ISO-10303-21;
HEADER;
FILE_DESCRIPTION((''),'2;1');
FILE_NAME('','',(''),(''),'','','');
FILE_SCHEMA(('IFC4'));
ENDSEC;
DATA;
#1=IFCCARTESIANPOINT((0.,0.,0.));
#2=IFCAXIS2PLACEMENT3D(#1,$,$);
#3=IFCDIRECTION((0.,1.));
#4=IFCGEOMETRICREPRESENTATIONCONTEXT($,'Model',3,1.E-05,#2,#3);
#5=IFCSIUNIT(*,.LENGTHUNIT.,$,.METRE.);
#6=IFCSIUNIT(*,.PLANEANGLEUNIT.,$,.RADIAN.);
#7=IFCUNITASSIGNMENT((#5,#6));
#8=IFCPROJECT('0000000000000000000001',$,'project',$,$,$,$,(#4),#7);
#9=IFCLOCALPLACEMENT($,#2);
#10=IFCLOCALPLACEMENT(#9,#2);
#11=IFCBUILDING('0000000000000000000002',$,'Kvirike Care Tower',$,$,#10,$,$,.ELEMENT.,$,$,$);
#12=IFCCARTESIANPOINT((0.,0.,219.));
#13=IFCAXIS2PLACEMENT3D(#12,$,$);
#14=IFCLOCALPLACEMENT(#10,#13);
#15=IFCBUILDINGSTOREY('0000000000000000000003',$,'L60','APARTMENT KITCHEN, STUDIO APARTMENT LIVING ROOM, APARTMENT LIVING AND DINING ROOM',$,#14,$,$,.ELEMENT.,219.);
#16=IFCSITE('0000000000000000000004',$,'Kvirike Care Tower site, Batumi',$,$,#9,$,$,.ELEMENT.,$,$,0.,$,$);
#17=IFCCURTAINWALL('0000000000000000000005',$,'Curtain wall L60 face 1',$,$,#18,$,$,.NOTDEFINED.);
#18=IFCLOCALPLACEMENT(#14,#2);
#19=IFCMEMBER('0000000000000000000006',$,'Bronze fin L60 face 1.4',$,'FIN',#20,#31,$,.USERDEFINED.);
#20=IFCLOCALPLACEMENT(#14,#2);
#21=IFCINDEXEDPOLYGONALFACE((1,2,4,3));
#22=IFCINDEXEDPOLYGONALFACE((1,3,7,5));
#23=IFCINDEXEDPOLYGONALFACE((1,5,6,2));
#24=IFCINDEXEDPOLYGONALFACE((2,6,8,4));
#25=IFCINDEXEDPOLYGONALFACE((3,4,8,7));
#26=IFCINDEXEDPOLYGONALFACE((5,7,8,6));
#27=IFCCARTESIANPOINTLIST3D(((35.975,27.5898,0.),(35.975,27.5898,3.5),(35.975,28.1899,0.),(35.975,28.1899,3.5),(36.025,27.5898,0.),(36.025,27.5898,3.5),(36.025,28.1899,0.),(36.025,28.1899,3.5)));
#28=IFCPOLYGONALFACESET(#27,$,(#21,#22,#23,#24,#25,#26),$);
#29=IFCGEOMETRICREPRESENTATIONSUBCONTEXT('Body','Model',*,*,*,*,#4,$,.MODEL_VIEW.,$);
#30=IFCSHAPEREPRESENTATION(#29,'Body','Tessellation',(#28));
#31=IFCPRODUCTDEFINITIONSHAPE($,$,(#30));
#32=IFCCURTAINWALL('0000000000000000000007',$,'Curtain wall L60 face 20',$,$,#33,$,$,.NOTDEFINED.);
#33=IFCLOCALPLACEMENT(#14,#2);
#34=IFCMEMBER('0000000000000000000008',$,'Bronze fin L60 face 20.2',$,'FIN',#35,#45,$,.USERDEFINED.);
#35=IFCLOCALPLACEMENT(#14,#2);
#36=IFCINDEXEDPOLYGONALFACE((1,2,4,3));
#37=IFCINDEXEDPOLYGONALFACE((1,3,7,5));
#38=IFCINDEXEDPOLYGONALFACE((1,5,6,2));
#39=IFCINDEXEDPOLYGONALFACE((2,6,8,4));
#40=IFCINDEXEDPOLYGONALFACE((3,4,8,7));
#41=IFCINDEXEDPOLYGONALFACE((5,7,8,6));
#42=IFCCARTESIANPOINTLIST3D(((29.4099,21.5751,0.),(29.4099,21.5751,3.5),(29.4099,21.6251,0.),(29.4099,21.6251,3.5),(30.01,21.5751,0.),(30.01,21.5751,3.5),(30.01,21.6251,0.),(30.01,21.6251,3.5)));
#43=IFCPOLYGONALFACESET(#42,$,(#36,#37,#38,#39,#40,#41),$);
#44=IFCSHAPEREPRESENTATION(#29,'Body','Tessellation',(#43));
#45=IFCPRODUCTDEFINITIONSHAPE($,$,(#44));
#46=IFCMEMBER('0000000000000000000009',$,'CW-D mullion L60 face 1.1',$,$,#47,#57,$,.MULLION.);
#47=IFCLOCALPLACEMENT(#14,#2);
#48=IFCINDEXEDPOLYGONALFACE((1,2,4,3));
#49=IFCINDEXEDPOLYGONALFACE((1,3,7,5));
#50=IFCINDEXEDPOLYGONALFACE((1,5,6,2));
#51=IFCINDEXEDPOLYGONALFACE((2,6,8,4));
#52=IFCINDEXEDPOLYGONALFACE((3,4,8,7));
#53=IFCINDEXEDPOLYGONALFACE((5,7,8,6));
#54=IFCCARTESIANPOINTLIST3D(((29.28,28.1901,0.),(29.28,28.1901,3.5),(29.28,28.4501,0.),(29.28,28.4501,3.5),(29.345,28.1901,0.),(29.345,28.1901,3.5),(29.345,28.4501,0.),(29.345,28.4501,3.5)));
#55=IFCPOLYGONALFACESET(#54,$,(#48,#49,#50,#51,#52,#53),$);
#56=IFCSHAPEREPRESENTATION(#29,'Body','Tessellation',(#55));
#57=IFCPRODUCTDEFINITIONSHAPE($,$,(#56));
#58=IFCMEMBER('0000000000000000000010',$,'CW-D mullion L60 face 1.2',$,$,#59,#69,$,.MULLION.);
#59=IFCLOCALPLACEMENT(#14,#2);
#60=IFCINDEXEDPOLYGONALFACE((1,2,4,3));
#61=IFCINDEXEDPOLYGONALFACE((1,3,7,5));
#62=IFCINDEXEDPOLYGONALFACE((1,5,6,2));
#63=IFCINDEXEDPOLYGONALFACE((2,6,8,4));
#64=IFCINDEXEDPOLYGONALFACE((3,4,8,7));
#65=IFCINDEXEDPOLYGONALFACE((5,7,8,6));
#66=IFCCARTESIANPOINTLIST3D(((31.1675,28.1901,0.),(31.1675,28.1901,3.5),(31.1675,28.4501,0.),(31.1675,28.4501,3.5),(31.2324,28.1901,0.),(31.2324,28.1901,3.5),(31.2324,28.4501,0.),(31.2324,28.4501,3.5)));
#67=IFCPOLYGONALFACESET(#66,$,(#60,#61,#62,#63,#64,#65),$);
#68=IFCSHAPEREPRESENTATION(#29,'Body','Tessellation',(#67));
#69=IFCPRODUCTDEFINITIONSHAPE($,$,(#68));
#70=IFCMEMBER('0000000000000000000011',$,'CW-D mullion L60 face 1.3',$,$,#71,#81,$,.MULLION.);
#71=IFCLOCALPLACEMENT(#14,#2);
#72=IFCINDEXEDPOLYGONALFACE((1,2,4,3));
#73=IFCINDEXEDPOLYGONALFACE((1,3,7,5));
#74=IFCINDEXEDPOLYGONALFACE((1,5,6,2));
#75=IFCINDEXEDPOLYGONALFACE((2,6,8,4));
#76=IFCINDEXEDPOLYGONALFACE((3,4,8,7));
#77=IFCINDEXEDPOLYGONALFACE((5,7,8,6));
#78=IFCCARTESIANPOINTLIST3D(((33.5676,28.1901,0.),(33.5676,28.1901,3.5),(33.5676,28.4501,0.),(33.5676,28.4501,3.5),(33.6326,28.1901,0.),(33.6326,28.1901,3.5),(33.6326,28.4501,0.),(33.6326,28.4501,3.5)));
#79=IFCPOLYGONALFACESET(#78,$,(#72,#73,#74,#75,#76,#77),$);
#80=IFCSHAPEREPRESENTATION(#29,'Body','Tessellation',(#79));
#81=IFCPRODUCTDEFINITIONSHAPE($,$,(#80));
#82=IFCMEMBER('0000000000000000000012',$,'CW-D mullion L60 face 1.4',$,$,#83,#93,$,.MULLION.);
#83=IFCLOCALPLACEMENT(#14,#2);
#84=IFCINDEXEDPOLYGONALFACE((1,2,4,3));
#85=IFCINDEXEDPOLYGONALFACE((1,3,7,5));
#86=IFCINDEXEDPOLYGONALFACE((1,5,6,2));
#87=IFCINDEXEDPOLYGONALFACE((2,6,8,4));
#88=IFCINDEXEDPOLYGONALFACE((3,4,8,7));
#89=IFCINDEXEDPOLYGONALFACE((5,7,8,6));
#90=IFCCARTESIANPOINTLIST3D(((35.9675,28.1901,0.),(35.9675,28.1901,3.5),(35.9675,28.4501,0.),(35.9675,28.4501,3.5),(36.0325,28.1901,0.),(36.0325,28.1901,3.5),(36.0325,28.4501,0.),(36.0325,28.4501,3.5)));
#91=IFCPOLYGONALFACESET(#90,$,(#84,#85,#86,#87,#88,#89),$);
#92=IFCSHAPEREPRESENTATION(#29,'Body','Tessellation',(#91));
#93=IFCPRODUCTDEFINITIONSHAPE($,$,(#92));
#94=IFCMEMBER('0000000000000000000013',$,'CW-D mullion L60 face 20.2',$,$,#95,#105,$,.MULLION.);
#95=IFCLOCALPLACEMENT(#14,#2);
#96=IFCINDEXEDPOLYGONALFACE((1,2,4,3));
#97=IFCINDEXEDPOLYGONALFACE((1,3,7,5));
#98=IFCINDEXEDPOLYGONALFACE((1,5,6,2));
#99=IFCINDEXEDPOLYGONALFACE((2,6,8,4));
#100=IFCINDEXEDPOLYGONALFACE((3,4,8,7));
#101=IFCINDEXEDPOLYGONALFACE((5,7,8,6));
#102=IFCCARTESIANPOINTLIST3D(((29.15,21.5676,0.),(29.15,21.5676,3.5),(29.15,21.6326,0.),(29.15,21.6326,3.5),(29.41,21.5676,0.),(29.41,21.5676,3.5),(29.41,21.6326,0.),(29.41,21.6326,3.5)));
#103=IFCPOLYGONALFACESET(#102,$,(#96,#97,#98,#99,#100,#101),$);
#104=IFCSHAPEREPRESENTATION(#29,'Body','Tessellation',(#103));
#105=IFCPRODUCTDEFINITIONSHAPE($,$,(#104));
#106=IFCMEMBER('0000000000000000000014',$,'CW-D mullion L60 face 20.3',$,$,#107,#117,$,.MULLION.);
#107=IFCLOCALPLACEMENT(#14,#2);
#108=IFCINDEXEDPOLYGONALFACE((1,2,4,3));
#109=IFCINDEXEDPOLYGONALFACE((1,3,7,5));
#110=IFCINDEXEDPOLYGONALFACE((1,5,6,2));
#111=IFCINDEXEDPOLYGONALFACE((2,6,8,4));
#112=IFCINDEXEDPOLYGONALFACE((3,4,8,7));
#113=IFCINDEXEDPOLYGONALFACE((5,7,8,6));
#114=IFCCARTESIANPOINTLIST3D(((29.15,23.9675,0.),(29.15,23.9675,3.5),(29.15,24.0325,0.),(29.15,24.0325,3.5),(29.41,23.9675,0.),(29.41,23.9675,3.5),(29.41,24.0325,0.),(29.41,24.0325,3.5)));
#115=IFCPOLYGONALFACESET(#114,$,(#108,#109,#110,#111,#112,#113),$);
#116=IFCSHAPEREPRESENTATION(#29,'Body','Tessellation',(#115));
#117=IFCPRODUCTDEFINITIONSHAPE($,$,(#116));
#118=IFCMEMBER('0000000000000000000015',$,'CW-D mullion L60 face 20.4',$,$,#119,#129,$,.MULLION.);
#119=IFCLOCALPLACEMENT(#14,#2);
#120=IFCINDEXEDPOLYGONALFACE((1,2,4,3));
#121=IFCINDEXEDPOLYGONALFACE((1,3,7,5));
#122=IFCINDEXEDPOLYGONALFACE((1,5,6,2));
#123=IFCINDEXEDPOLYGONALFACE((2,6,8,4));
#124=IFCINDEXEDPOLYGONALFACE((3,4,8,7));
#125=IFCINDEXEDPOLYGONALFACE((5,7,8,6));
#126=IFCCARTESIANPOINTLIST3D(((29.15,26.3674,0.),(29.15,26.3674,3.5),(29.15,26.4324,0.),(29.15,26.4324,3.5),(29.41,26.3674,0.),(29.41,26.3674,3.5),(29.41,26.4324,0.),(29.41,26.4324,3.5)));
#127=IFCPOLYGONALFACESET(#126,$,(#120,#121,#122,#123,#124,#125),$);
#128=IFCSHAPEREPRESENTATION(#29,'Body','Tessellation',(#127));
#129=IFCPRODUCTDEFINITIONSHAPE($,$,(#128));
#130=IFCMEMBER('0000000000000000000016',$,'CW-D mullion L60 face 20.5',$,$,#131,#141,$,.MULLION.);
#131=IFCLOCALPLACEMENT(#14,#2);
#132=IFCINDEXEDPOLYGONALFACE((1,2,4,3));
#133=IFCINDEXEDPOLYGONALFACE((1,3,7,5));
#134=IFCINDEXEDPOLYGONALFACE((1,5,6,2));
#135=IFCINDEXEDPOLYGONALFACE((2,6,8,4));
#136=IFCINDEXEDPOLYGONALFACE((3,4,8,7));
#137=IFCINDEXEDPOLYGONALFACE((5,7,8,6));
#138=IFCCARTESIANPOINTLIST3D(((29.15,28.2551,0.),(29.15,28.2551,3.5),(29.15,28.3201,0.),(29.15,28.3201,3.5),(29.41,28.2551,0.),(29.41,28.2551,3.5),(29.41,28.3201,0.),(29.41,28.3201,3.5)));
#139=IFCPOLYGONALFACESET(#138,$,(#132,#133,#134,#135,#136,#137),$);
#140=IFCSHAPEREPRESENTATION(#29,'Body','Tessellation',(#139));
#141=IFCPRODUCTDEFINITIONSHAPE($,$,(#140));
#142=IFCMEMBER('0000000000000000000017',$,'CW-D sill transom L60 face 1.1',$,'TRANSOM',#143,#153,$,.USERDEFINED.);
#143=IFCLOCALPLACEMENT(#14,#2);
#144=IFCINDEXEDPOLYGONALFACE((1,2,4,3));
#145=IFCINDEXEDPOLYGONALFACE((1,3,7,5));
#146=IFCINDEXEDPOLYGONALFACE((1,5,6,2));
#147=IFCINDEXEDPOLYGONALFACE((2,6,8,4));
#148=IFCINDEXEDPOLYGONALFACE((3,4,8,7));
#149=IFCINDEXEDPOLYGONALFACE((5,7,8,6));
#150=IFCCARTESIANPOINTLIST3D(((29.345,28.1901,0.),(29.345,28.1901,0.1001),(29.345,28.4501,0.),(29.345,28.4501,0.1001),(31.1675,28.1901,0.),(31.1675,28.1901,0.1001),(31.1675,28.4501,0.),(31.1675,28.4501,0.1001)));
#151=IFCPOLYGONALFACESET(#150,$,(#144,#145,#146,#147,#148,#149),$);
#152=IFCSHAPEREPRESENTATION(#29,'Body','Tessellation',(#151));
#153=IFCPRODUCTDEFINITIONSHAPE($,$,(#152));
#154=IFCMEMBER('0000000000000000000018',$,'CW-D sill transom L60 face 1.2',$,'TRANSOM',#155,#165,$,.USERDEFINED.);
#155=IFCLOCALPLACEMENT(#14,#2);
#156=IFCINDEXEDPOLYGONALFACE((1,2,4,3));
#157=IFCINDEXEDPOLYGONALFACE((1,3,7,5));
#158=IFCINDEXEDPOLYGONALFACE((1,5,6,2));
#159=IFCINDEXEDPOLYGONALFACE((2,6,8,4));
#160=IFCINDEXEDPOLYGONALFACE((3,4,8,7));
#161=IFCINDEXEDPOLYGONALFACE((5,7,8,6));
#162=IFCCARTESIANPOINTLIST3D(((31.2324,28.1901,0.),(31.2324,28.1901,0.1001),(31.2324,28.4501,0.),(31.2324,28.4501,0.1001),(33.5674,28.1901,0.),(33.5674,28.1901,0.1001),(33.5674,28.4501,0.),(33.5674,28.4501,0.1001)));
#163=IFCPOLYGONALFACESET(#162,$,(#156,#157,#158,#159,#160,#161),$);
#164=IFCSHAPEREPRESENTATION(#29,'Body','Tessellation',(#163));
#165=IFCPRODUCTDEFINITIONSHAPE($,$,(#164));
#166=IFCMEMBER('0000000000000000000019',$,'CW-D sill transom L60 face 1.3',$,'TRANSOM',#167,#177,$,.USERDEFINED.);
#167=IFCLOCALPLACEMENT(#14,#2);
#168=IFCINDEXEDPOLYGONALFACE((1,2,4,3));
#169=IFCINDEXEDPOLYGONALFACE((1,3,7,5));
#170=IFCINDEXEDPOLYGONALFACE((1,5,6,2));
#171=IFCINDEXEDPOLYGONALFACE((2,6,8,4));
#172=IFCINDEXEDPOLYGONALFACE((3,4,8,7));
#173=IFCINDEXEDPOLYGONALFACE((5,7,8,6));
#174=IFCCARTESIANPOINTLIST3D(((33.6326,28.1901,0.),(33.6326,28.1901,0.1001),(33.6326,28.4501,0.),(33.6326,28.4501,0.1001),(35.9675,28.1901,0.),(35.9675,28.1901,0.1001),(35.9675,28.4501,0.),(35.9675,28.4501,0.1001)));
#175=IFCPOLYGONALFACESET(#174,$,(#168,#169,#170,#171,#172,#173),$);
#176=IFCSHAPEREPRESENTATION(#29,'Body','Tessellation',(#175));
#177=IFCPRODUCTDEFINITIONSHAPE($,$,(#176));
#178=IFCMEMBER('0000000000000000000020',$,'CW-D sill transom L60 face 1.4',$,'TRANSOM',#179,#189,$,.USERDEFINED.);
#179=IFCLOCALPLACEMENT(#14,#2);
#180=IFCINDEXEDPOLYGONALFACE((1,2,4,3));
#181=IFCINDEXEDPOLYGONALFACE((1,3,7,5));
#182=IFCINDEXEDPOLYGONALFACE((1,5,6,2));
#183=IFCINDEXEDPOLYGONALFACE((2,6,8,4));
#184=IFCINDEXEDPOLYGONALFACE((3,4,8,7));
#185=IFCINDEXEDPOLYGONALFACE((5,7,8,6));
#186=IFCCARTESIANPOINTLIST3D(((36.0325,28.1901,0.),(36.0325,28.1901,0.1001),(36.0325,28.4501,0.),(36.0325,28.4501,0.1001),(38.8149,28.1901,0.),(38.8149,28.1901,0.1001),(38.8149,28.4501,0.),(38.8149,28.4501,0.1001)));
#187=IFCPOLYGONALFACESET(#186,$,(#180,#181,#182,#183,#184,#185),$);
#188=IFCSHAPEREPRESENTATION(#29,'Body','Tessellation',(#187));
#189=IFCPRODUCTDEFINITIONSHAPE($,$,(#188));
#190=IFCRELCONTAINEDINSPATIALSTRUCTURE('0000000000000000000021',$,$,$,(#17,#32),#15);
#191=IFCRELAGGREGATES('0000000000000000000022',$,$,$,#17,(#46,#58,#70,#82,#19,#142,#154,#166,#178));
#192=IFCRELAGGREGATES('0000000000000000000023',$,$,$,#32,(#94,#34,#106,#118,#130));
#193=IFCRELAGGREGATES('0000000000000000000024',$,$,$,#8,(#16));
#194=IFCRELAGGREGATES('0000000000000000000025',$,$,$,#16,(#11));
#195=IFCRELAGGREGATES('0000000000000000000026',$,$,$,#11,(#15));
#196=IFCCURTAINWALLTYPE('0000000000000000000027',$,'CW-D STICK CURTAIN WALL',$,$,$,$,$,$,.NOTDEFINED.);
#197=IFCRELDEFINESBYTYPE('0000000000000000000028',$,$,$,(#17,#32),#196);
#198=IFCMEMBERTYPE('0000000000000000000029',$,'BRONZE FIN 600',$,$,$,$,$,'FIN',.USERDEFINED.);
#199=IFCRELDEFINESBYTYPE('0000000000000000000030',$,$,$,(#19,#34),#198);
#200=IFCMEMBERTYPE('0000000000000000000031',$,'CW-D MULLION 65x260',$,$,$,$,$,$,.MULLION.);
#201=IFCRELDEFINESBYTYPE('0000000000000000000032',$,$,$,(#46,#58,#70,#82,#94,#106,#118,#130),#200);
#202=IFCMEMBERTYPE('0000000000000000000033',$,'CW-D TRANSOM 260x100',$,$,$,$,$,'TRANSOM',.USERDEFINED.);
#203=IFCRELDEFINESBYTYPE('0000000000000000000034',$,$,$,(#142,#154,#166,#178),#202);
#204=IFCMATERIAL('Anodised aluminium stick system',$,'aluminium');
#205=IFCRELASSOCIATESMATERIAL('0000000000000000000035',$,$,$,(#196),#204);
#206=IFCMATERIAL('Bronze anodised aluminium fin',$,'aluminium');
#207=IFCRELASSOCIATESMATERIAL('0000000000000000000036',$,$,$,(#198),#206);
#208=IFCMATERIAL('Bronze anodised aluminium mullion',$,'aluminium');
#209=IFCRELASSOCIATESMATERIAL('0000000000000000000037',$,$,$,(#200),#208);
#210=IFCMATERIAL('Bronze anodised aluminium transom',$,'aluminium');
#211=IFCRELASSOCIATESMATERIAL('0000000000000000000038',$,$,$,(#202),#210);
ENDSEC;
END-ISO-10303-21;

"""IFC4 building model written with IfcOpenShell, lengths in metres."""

from ifc_helpers import new_model, si_unit, direction, frame, origin, origin_2d, place, context, subcontext, project, spatial, rectangle, extrude, material, material_profile, profile_set, type_object, element, aggregate, save


model = new_model("IFC4")

# Units and contexts
model_context = context("Model", 3, precision=1e-05, world=origin(), true_north=direction((0.0, 1.0)))
body_context = subcontext(model_context, "Body", "Model", "MODEL_VIEW")
ifc_project = project(units=[si_unit("LENGTHUNIT", "METRE"), si_unit("PLANEANGLEUNIT", "RADIAN")], contexts=[model_context])

# Site, building, storey
site_placement = place(None, origin())
site = spatial("IfcSite", under=ifc_project, at=site_placement, Name="Kvirike Care Tower site, Batumi", CompositionType="ELEMENT", RefElevation=0.0)
building_placement = place(site_placement, origin())
building = spatial("IfcBuilding", under=site, at=building_placement, Name="Kvirike Care Tower", CompositionType="ELEMENT")
storey_placement = place(building_placement, frame((0.0, 0.0, 219.0)))
storey = spatial("IfcBuildingStorey", under=building, at=storey_placement, Name="L60", Description="APARTMENT KITCHEN, STUDIO APARTMENT LIVING ROOM, APARTMENT LIVING AND DINING ROOM", CompositionType="ELEMENT", Elevation=219.0)

# Curtain walls, members
ifc_material_1 = material(Name="Anodised aluminium stick system", Category="aluminium")
curtain_wall_type = type_object("IfcCurtainWallType", Name="CW-D STICK CURTAIN WALL", PredefinedType="NOTDEFINED", material=ifc_material_1)
curtain_wall_1_placement = place(storey_placement, origin())
curtain_wall_1 = element("IfcCurtainWall", 1, at=curtain_wall_1_placement, inside=storey, type_object=curtain_wall_type, Name="Curtain wall L60 face 1", PredefinedType="NOTDEFINED")
ifc_material_2 = material(Name="Bronze anodised aluminium fin", Category="aluminium")
ifc_material_profile_1 = material_profile(ifc_material_2, rectangle(XDim=0.05, YDim=0.6001, at=origin_2d()), Name="BRONZE FIN 600")
ifc_profile_set_1 = profile_set([ifc_material_profile_1], Name="Bronze anodised aluminium fin")
member_type_1 = type_object("IfcMemberType", Name="BRONZE FIN 600", ElementType="FIN", PredefinedType="USERDEFINED", material=ifc_profile_set_1)
member_1_placement = place(storey_placement, frame((36.0, 27.8899, 0.0), z_axis=(0.0, 0.0, 1.0), x_axis=(1.0, 0.0, 0.0)))
member_1 = element("IfcMember", 2, at=member_1_placement, type_object=member_type_1, Name="Bronze fin L60 face 1.4", ObjectType="FIN", PredefinedType="USERDEFINED", context=body_context, shape_type="SweptSolid", body=[
    extrude(rectangle(XDim=0.05, YDim=0.6001, at=origin_2d()), origin(), (0.0, 0.0, 1.0), 3.5),
])
curtain_wall_2_placement = place(storey_placement, origin())
curtain_wall_2 = element("IfcCurtainWall", 3, at=curtain_wall_2_placement, inside=storey, type_object=curtain_wall_type, Name="Curtain wall L60 face 20", PredefinedType="NOTDEFINED")
member_2_placement = place(storey_placement, frame((29.71, 21.6001, 0.0), z_axis=(0.0, 0.0, 1.0), x_axis=(0.0, 1.0, 0.0)))
member_2 = element("IfcMember", 4, at=member_2_placement, type_object=member_type_1, Name="Bronze fin L60 face 20.2", ObjectType="FIN", PredefinedType="USERDEFINED", context=body_context, shape_type="SweptSolid", body=[
    extrude(rectangle(XDim=0.05, YDim=0.6001, at=origin_2d()), origin(), (0.0, 0.0, 1.0), 3.5),
])

# Members
ifc_material_3 = material(Name="Bronze anodised aluminium mullion", Category="aluminium")
ifc_material_profile_2 = material_profile(ifc_material_3, rectangle(XDim=0.0649, YDim=0.26, at=origin_2d()), Name="CW-D MULLION 65x260")
ifc_profile_set_2 = profile_set([ifc_material_profile_2], Name="Bronze anodised aluminium mullion")
member_type_2 = type_object("IfcMemberType", Name="CW-D MULLION 65x260", PredefinedType="MULLION", material=ifc_profile_set_2)
member_3_placement = place(storey_placement, frame((29.3125, 28.3201, 0.0), z_axis=(0.0, 0.0, 1.0), x_axis=(1.0, 0.0, 0.0)))
member_3 = element("IfcMember", 5, at=member_3_placement, type_object=member_type_2, Name="CW-D mullion L60 face 1.1", PredefinedType="MULLION", context=body_context, shape_type="SweptSolid", body=[
    extrude(rectangle(XDim=0.0649, YDim=0.26, at=origin_2d()), origin(), (0.0, 0.0, 1.0), 3.5),
])
member_4_placement = place(storey_placement, frame((31.2, 28.3201, 0.0), z_axis=(0.0, 0.0, 1.0), x_axis=(1.0, 0.0, 0.0)))
member_4 = element("IfcMember", 6, at=member_4_placement, type_object=member_type_2, Name="CW-D mullion L60 face 1.2", PredefinedType="MULLION", context=body_context, shape_type="SweptSolid", body=[
    extrude(rectangle(XDim=0.0649, YDim=0.26, at=origin_2d()), origin(), (0.0, 0.0, 1.0), 3.5),
])
member_5_placement = place(storey_placement, frame((33.6001, 28.3201, 0.0), z_axis=(0.0, 0.0, 1.0), x_axis=(1.0, 0.0, 0.0)))
member_5 = element("IfcMember", 7, at=member_5_placement, type_object=member_type_2, Name="CW-D mullion L60 face 1.3", PredefinedType="MULLION", context=body_context, shape_type="SweptSolid", body=[
    extrude(rectangle(XDim=0.0649, YDim=0.26, at=origin_2d()), origin(), (0.0, 0.0, 1.0), 3.5),
])
member_6_placement = place(storey_placement, frame((36.0, 28.3201, 0.0), z_axis=(0.0, 0.0, 1.0), x_axis=(1.0, 0.0, 0.0)))
member_6 = element("IfcMember", 8, at=member_6_placement, type_object=member_type_2, Name="CW-D mullion L60 face 1.4", PredefinedType="MULLION", context=body_context, shape_type="SweptSolid", body=[
    extrude(rectangle(XDim=0.0649, YDim=0.26, at=origin_2d()), origin(), (0.0, 0.0, 1.0), 3.5),
])
member_7_placement = place(storey_placement, frame((29.28, 21.6001, 0.0), z_axis=(0.0, 0.0, 1.0), x_axis=(0.0, 1.0, 0.0)))
member_7 = element("IfcMember", 9, at=member_7_placement, type_object=member_type_2, Name="CW-D mullion L60 face 20.2", PredefinedType="MULLION", context=body_context, shape_type="SweptSolid", body=[
    extrude(rectangle(XDim=0.0649, YDim=0.26, at=origin_2d()), origin(), (0.0, 0.0, 1.0), 3.5),
])
member_8_placement = place(storey_placement, frame((29.28, 24.0, 0.0), z_axis=(0.0, 0.0, 1.0), x_axis=(0.0, 1.0, 0.0)))
member_8 = element("IfcMember", 10, at=member_8_placement, type_object=member_type_2, Name="CW-D mullion L60 face 20.3", PredefinedType="MULLION", context=body_context, shape_type="SweptSolid", body=[
    extrude(rectangle(XDim=0.0649, YDim=0.26, at=origin_2d()), origin(), (0.0, 0.0, 1.0), 3.5),
])
member_9_placement = place(storey_placement, frame((29.28, 26.3999, 0.0), z_axis=(0.0, 0.0, 1.0), x_axis=(0.0, 1.0, 0.0)))
member_9 = element("IfcMember", 11, at=member_9_placement, type_object=member_type_2, Name="CW-D mullion L60 face 20.4", PredefinedType="MULLION", context=body_context, shape_type="SweptSolid", body=[
    extrude(rectangle(XDim=0.0649, YDim=0.26, at=origin_2d()), origin(), (0.0, 0.0, 1.0), 3.5),
])
member_10_placement = place(storey_placement, frame((29.28, 28.2876, 0.0), z_axis=(0.0, 0.0, 1.0), x_axis=(0.0, 1.0, 0.0)))
member_10 = element("IfcMember", 12, at=member_10_placement, type_object=member_type_2, Name="CW-D mullion L60 face 20.5", PredefinedType="MULLION", context=body_context, shape_type="SweptSolid", body=[
    extrude(rectangle(XDim=0.0649, YDim=0.26, at=origin_2d()), origin(), (0.0, 0.0, 1.0), 3.5),
])
ifc_material_4 = material(Name="Bronze anodised aluminium transom", Category="aluminium")
ifc_material_profile_3 = material_profile(ifc_material_4, rectangle(XDim=0.26, YDim=0.1001, at=origin_2d()), Name="CW-D TRANSOM 260x100")
ifc_profile_set_3 = profile_set([ifc_material_profile_3], Name="Bronze anodised aluminium transom")
member_type_3 = type_object("IfcMemberType", Name="CW-D TRANSOM 260x100", ElementType="TRANSOM", PredefinedType="USERDEFINED", material=ifc_profile_set_3)
member_11_placement = place(storey_placement, frame((29.345, 28.3201, 0.05), z_axis=(1.0, 0.0, 0.0), x_axis=(0.0, 1.0, 0.0)))
member_11 = element("IfcMember", 13, at=member_11_placement, type_object=member_type_3, Name="CW-D sill transom L60 face 1.1", ObjectType="TRANSOM", PredefinedType="USERDEFINED", context=body_context, shape_type="SweptSolid", body=[
    extrude(rectangle(XDim=0.26, YDim=0.1001, at=origin_2d()), origin(), (0.0, 0.0, 1.0), 1.8225),
])
member_12_placement = place(storey_placement, frame((31.2324, 28.3201, 0.05), z_axis=(1.0, 0.0, 0.0), x_axis=(0.0, 1.0, 0.0)))
member_12 = element("IfcMember", 14, at=member_12_placement, type_object=member_type_3, Name="CW-D sill transom L60 face 1.2", ObjectType="TRANSOM", PredefinedType="USERDEFINED", context=body_context, shape_type="SweptSolid", body=[
    extrude(rectangle(XDim=0.26, YDim=0.1001, at=origin_2d()), origin(), (0.0, 0.0, 1.0), 2.335),
])
member_13_placement = place(storey_placement, frame((33.6326, 28.3201, 0.05), z_axis=(1.0, 0.0, 0.0), x_axis=(0.0, 1.0, 0.0)))
member_13 = element("IfcMember", 15, at=member_13_placement, type_object=member_type_3, Name="CW-D sill transom L60 face 1.3", ObjectType="TRANSOM", PredefinedType="USERDEFINED", context=body_context, shape_type="SweptSolid", body=[
    extrude(rectangle(XDim=0.26, YDim=0.1001, at=origin_2d()), origin(), (0.0, 0.0, 1.0), 2.335),
])
member_14_placement = place(storey_placement, frame((36.0325, 28.3201, 0.05), z_axis=(1.0, 0.0, 0.0), x_axis=(0.0, 1.0, 0.0)))
member_14 = element("IfcMember", 16, at=member_14_placement, type_object=member_type_3, Name="CW-D sill transom L60 face 1.4", ObjectType="TRANSOM", PredefinedType="USERDEFINED", context=body_context, shape_type="SweptSolid", body=[
    extrude(rectangle(XDim=0.26, YDim=0.1001, at=origin_2d()), origin(), (0.0, 0.0, 1.0), 2.7825),
])

aggregate(curtain_wall_1, [member_3, member_4, member_5, member_6, member_1, member_11, member_12, member_13, member_14])
aggregate(curtain_wall_2, [member_7, member_2, member_8, member_9, member_10])

save(model, "model.ifc")
